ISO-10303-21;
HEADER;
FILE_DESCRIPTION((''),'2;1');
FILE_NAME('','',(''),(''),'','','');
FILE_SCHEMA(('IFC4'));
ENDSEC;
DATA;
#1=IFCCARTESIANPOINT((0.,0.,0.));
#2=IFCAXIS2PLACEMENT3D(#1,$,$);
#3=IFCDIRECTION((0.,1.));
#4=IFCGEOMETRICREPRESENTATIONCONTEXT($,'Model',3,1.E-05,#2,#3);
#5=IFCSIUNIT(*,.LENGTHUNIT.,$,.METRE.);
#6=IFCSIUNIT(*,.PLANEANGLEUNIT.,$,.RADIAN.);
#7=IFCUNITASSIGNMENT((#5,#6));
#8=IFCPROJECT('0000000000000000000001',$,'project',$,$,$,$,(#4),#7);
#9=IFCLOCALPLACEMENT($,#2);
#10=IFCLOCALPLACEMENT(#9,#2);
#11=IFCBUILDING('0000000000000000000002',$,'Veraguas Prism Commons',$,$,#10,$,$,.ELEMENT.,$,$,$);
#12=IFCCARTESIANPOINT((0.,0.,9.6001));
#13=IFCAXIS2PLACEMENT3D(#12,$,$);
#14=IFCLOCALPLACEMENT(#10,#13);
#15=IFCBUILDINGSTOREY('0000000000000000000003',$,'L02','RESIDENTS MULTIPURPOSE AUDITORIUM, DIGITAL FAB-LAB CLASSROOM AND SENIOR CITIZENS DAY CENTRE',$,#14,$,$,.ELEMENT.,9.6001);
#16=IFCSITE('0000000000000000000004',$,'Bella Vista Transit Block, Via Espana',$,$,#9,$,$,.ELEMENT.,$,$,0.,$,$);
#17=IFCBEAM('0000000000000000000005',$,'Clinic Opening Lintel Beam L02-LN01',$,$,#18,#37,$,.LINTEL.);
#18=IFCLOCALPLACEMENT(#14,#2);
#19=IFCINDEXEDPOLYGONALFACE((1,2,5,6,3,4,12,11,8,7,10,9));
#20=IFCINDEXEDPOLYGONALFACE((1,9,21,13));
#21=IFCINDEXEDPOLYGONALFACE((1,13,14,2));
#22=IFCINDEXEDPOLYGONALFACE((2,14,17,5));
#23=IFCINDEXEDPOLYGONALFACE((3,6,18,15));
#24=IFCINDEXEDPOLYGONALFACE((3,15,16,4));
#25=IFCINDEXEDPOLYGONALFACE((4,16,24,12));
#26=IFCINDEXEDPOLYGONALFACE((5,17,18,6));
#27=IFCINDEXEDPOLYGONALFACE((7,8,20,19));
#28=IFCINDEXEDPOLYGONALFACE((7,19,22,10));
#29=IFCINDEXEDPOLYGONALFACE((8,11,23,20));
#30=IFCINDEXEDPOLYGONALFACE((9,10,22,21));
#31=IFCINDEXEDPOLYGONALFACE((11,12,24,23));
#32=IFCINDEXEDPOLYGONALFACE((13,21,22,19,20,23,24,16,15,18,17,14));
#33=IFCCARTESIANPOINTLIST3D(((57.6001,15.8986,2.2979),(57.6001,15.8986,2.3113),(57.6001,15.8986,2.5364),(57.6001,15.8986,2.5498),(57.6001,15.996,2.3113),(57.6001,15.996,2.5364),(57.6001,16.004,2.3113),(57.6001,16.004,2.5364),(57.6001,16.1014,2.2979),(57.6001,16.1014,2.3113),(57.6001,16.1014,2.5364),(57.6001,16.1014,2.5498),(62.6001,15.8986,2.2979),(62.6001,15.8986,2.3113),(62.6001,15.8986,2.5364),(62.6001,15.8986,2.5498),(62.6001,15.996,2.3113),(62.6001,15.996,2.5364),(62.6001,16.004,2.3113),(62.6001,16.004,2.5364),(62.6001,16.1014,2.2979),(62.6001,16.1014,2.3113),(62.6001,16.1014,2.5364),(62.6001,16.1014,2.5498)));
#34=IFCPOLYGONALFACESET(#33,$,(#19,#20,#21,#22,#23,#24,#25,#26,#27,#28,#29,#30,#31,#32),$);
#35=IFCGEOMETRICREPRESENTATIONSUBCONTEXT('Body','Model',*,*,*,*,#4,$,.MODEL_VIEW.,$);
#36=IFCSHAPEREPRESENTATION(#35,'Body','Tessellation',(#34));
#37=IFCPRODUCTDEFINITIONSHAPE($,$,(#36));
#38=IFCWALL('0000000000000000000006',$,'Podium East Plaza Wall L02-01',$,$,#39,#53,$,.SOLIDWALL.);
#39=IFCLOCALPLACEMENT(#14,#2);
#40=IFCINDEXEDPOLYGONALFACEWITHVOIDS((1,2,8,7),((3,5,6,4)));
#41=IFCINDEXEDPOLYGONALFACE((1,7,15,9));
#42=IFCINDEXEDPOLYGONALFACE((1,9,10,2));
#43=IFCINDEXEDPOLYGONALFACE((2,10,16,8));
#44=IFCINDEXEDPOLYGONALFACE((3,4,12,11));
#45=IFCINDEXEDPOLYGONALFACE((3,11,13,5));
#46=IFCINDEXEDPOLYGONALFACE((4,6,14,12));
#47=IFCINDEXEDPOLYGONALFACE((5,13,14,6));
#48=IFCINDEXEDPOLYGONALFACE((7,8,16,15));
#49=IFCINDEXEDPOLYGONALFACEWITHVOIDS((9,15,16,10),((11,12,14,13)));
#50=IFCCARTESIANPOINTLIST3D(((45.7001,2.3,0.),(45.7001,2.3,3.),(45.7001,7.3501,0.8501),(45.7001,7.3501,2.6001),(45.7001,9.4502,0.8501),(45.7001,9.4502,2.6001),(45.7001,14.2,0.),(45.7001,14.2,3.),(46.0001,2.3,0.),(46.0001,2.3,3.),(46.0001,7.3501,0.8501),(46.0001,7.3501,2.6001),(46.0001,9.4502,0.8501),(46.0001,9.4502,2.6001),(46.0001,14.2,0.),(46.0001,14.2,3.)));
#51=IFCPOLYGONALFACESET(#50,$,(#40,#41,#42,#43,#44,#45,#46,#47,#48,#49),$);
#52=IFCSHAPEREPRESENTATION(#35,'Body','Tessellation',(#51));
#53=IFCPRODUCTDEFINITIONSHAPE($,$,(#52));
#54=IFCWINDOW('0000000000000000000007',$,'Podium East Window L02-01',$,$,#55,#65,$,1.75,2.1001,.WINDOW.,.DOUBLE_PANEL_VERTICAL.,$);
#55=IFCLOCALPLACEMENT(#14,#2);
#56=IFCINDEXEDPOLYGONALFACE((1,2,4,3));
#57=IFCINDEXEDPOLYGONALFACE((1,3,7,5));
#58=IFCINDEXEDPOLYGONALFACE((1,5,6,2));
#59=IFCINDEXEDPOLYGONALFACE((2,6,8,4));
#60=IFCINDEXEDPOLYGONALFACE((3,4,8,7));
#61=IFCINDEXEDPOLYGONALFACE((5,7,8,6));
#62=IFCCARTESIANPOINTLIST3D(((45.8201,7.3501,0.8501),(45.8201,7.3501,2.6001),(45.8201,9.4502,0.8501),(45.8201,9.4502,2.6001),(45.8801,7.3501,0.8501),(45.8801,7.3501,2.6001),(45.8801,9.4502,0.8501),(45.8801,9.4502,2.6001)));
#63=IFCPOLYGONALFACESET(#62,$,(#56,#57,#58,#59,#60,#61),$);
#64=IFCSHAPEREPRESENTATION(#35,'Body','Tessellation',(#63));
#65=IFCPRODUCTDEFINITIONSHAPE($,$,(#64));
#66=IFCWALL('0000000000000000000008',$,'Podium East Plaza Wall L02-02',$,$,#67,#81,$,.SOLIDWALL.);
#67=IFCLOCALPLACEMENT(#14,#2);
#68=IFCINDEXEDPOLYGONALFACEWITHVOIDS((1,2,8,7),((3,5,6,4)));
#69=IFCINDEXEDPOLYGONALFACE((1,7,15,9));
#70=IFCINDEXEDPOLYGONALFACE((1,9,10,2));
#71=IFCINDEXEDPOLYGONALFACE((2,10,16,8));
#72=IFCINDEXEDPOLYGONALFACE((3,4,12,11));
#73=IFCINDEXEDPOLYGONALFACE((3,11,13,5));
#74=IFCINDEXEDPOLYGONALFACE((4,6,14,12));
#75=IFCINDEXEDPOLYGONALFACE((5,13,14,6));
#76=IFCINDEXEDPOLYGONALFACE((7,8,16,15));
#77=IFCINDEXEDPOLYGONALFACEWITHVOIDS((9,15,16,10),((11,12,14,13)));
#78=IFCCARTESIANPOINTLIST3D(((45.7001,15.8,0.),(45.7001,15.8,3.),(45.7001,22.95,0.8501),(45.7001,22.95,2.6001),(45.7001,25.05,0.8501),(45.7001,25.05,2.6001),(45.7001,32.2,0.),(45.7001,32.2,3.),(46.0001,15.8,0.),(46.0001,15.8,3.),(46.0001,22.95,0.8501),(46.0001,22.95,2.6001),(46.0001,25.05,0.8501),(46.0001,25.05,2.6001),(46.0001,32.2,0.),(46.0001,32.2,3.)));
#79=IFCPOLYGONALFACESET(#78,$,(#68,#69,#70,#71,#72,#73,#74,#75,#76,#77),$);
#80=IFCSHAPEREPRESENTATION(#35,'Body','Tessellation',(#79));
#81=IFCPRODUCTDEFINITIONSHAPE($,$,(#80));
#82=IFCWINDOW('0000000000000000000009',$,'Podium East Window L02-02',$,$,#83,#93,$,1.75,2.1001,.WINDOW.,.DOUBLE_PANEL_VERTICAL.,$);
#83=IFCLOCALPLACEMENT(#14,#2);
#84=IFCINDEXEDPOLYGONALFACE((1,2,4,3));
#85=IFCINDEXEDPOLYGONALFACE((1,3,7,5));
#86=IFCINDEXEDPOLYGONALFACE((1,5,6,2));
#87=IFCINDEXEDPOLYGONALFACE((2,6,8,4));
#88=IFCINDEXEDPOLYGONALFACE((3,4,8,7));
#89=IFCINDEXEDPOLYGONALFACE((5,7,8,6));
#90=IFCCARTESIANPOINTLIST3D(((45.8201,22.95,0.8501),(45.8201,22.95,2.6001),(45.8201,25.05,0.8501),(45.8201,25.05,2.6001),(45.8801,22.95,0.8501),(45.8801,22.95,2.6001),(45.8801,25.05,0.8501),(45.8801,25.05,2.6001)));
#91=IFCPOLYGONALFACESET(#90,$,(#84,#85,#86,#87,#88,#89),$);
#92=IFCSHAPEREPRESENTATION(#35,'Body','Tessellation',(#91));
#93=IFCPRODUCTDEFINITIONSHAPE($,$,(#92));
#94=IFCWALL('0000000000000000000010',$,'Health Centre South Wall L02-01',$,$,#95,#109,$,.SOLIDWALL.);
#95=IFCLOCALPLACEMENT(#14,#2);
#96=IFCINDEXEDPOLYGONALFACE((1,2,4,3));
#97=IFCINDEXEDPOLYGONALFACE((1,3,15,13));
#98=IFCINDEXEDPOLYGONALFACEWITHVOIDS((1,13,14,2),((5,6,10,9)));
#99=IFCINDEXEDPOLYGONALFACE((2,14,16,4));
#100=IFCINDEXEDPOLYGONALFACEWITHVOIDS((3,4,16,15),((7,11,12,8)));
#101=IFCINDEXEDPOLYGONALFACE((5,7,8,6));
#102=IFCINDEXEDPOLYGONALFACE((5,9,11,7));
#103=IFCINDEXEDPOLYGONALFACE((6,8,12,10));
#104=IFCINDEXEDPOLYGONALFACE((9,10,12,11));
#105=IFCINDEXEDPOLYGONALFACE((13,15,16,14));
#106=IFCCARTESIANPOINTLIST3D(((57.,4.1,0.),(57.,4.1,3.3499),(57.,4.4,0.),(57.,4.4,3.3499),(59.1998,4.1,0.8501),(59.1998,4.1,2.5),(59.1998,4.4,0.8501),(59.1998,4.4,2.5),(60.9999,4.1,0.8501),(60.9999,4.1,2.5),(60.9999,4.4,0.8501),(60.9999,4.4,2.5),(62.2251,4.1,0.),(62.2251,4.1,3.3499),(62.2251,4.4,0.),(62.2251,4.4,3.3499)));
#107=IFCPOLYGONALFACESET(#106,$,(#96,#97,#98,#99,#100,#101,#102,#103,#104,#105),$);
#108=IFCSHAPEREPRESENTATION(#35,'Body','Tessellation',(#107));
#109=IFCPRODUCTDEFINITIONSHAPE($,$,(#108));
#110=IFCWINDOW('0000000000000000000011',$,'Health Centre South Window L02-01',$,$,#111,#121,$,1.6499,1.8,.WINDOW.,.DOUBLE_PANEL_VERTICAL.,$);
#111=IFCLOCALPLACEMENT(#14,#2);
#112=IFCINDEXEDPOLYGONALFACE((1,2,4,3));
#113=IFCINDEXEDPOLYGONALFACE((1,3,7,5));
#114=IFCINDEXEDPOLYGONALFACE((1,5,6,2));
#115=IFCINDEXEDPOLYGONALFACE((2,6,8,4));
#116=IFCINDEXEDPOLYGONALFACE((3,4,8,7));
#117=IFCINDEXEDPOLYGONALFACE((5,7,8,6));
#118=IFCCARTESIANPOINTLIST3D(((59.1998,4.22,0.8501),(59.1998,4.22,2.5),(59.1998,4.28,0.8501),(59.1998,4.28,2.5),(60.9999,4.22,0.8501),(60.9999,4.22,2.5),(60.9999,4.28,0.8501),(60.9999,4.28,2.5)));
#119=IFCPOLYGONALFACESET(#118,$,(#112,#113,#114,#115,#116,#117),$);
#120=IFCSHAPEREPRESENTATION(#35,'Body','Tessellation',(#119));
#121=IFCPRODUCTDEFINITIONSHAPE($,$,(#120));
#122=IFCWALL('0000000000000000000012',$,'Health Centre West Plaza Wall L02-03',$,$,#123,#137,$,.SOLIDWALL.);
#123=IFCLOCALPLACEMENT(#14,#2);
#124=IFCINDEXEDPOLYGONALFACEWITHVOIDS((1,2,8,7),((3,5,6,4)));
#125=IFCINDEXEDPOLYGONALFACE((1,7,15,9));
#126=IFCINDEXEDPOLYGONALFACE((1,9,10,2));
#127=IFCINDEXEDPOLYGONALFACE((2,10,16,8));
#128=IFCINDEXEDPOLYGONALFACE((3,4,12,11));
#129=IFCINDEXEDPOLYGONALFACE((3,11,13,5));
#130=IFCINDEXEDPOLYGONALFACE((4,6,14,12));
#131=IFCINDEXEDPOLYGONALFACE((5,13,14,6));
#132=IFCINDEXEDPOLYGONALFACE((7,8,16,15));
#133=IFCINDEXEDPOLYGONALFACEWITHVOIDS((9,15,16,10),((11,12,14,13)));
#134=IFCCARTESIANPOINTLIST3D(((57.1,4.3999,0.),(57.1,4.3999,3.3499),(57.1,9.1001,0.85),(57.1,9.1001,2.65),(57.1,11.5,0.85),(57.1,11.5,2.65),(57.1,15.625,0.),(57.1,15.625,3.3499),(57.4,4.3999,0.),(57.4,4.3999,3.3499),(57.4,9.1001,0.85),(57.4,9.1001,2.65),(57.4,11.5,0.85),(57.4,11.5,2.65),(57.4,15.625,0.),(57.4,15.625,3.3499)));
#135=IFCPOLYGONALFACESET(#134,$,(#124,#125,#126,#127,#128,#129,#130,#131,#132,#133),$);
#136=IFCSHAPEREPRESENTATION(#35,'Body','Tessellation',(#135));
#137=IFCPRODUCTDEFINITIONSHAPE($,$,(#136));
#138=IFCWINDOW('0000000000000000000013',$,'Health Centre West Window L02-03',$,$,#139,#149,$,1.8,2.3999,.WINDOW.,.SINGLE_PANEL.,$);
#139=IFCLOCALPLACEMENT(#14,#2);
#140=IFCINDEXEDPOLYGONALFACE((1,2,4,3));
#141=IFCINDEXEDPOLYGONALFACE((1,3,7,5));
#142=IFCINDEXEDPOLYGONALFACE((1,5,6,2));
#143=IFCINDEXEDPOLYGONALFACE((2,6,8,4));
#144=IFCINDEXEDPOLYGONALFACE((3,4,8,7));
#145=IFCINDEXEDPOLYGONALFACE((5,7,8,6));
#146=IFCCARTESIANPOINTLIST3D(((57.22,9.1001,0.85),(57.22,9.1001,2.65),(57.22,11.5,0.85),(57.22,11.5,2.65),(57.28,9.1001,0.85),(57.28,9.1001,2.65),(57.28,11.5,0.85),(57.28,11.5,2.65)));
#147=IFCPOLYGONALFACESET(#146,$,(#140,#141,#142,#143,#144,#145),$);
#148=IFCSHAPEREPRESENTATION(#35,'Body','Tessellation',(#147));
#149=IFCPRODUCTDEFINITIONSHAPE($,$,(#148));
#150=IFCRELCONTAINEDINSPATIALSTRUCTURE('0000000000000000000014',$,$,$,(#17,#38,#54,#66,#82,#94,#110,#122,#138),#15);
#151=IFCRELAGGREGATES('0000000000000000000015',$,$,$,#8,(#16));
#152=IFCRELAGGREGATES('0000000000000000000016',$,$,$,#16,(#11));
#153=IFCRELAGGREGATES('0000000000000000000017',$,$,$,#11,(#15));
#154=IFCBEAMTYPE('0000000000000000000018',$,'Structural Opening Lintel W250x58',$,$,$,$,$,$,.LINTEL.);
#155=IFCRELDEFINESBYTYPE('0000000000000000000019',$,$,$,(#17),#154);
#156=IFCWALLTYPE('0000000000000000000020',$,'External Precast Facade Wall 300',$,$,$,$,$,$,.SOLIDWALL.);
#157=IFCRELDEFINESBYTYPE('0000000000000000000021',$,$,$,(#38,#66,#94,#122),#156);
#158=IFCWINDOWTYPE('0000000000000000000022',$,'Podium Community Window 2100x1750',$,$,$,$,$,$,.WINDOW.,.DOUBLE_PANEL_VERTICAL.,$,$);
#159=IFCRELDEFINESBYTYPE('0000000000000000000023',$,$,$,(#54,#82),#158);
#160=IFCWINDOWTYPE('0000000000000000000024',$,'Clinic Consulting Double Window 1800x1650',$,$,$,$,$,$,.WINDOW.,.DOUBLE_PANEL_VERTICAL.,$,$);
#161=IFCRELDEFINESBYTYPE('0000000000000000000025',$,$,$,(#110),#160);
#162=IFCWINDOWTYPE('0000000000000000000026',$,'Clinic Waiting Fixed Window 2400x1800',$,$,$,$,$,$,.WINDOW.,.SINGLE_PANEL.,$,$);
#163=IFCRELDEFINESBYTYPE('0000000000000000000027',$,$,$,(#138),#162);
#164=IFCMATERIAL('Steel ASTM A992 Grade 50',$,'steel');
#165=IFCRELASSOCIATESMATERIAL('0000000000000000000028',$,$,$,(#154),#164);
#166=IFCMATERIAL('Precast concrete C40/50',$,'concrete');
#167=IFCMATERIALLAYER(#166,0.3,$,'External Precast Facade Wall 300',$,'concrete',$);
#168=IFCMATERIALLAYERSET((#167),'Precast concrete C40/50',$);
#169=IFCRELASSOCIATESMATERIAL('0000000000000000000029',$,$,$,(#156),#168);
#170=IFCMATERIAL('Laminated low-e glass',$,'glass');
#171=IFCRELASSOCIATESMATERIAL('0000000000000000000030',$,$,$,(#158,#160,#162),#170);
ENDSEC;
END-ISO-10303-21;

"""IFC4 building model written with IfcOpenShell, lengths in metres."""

from ifc_helpers import new_model, si_unit, direction, frame, frame_2d, origin, origin_2d, place, context, subcontext, project, spatial, rectangle, i_section, extrude, source, transform, mapped, material, layer, layer_set, material_profile, profile_set, type_object, element, fill, save


model = new_model("IFC4")

# Units and contexts
model_context = context("Model", 3, precision=1e-05, world=origin(), true_north=direction((0.0, 1.0)))
body_context = subcontext(model_context, "Body", "Model", "MODEL_VIEW")
ifc_project = project(units=[si_unit("LENGTHUNIT", "METRE"), si_unit("PLANEANGLEUNIT", "RADIAN")], contexts=[model_context])

# Site, building, storey
site_placement = place(None, origin())
site = spatial("IfcSite", under=ifc_project, at=site_placement, Name="Bella Vista Transit Block, Via Espana", CompositionType="ELEMENT", RefElevation=0.0)
building_placement = place(site_placement, origin())
building = spatial("IfcBuilding", under=site, at=building_placement, Name="Veraguas Prism Commons", CompositionType="ELEMENT")
storey_placement = place(building_placement, frame((0.0, 0.0, 9.6001)))
storey = spatial("IfcBuildingStorey", under=building, at=storey_placement, Name="L02", Description="RESIDENTS MULTIPURPOSE AUDITORIUM, DIGITAL FAB-LAB CLASSROOM AND SENIOR CITIZENS DAY CENTRE", CompositionType="ELEMENT", Elevation=9.6001)

# Beam
ifc_material_1 = material(Name="Steel ASTM A992 Grade 50", Category="steel")
ifc_material_profile_1 = material_profile(ifc_material_1, i_section(OverallWidth=0.2029, OverallDepth=0.252, WebThickness=0.0081, FlangeThickness=0.0134, at=origin_2d()), Name="W250X58")
ifc_profile_set_1 = profile_set([ifc_material_profile_1], Name="Steel ASTM A992 Grade 50")
beam_type_1 = type_object("IfcBeamType", Name="Structural Opening Lintel W250x58", PredefinedType="LINTEL", material=ifc_profile_set_1)
beam_1_placement = place(storey_placement, frame((57.6001, 16.0, 2.4238), z_axis=(1.0, 0.0, 0.0), x_axis=(0.0, 1.0, 0.0)))
element("IfcBeam", 1, at=beam_1_placement, inside=storey, type_object=beam_type_1, Name="Clinic Opening Lintel Beam L02-LN01", PredefinedType="LINTEL", context=body_context, shape_type="SweptSolid", body=[
    extrude(i_section(OverallWidth=0.2029, OverallDepth=0.252, WebThickness=0.0081, FlangeThickness=0.0134, at=origin_2d()), origin(), (0.0, 0.0, 1.0), 5.0),
])

# Walls, openings, windows
ifc_material_2 = material(Name="Precast concrete C40/50", Category="concrete")
ifc_layer = layer(ifc_material_2, 0.3, Name="External Precast Facade Wall 300", Category="concrete")
ifc_layer_set = layer_set([ifc_layer], Name="Precast concrete C40/50")
wall_type = type_object("IfcWallType", Name="External Precast Facade Wall 300", PredefinedType="SOLIDWALL", material=ifc_layer_set)
wall_1_placement = place(storey_placement, frame((45.8501, 2.3, 0.0), z_axis=(0.0, 0.0, 1.0), x_axis=(0.0, 1.0, 0.0)))
wall_1 = element("IfcWall", 2, at=wall_1_placement, inside=storey, type_object=wall_type, Name="Podium East Plaza Wall L02-01", PredefinedType="SOLIDWALL", context=body_context, shape_type="SweptSolid", body=[
    extrude(rectangle(XDim=11.8999, YDim=0.3, at=frame_2d((5.95, 0.0))), origin(), (0.0, 0.0, 1.0), 3.0),
])
opening_1_placement = place(wall_1_placement, frame((5.05, 0.0, 0.8501)))
opening_1 = element("IfcOpeningElement", 3, at=opening_1_placement, cuts=wall_1, PredefinedType="OPENING", context=body_context, shape_type="SweptSolid", body=[
    extrude(rectangle(XDim=2.1001, YDim=1.75, at=frame_2d((1.05, 0.875))), frame((0.0, 0.1599, 0.0), z_axis=(0.0, -1.0, 0.0), x_axis=(1.0, 0.0, 0.0)), (0.0, 0.0, 1.0), 0.3201),
])
ifc_material_3 = material(Name="Laminated low-e glass", Category="glass")
window_type_1 = type_object("IfcWindowType", Name="Podium Community Window 2100x1750", PartitioningType="DOUBLE_PANEL_VERTICAL", PredefinedType="WINDOW", material=ifc_material_3)
shared_shape_1 = source(origin(), body_context, "Body", "SweptSolid", [
    extrude(rectangle(XDim=2.1001, YDim=1.75, at=frame_2d((1.05, 0.875))), frame((0.0, 0.03, 0.0), z_axis=(0.0, -1.0, 0.0), x_axis=(1.0, 0.0, 0.0)), (0.0, 0.0, 1.0), 0.0601),
])
window_1_placement = place(opening_1_placement, origin())
window_1 = element("IfcWindow", 4, at=window_1_placement, inside=storey, type_object=window_type_1, Name="Podium East Window L02-01", OverallHeight=1.75, OverallWidth=2.1001, PartitioningType="DOUBLE_PANEL_VERTICAL", PredefinedType="WINDOW", context=body_context, shape_type="MappedRepresentation", body=[
    mapped(shared_shape_1, transform((0.0, 0.0, 0.0), scale=1.0)),
])
fill(opening_1, window_1)
wall_2_placement = place(storey_placement, frame((45.8501, 15.8, 0.0), z_axis=(0.0, 0.0, 1.0), x_axis=(0.0, 1.0, 0.0)))
wall_2 = element("IfcWall", 5, at=wall_2_placement, inside=storey, type_object=wall_type, Name="Podium East Plaza Wall L02-02", PredefinedType="SOLIDWALL", context=body_context, shape_type="SweptSolid", body=[
    extrude(rectangle(XDim=16.3999, YDim=0.3, at=frame_2d((8.2, 0.0))), origin(), (0.0, 0.0, 1.0), 3.0),
])
opening_2_placement = place(wall_2_placement, frame((7.1499, 0.0, 0.8501)))
opening_2 = element("IfcOpeningElement", 6, at=opening_2_placement, cuts=wall_2, PredefinedType="OPENING", context=body_context, shape_type="SweptSolid", body=[
    extrude(rectangle(XDim=2.1001, YDim=1.75, at=frame_2d((1.05, 0.875))), frame((0.0, 0.1599, 0.0), z_axis=(0.0, -1.0, 0.0), x_axis=(1.0, 0.0, 0.0)), (0.0, 0.0, 1.0), 0.3201),
])
window_2_placement = place(opening_2_placement, origin())
window_2 = element("IfcWindow", 7, at=window_2_placement, inside=storey, type_object=window_type_1, Name="Podium East Window L02-02", OverallHeight=1.75, OverallWidth=2.1001, PartitioningType="DOUBLE_PANEL_VERTICAL", PredefinedType="WINDOW", context=body_context, shape_type="MappedRepresentation", body=[
    mapped(shared_shape_1, transform((0.0, 0.0, 0.0), scale=1.0)),
])
fill(opening_2, window_2)
wall_3_placement = place(storey_placement, frame((57.0, 4.25, 0.0), z_axis=(0.0, 0.0, 1.0), x_axis=(1.0, 0.0, 0.0)))
wall_3 = element("IfcWall", 8, at=wall_3_placement, inside=storey, type_object=wall_type, Name="Health Centre South Wall L02-01", PredefinedType="SOLIDWALL", context=body_context, shape_type="SweptSolid", body=[
    extrude(rectangle(XDim=5.2251, YDim=0.3, at=frame_2d((2.6125, 0.0))), origin(), (0.0, 0.0, 1.0), 3.3499),
])
opening_3_placement = place(wall_3_placement, frame((2.2, 0.0, 0.8501)))
opening_3 = element("IfcOpeningElement", 9, at=opening_3_placement, cuts=wall_3, PredefinedType="OPENING", context=body_context, shape_type="SweptSolid", body=[
    extrude(rectangle(XDim=1.8, YDim=1.6499, at=frame_2d((0.8999, 0.825))), frame((0.0, 0.1599, 0.0), z_axis=(0.0, -1.0, 0.0), x_axis=(1.0, 0.0, 0.0)), (0.0, 0.0, 1.0), 0.3201),
])
window_type_2 = type_object("IfcWindowType", Name="Clinic Consulting Double Window 1800x1650", PartitioningType="DOUBLE_PANEL_VERTICAL", PredefinedType="WINDOW", material=ifc_material_3)
shared_shape_2 = source(origin(), body_context, "Body", "SweptSolid", [
    extrude(rectangle(XDim=1.8, YDim=1.6499, at=frame_2d((0.8999, 0.825))), frame((0.0, 0.03, 0.0), z_axis=(0.0, -1.0, 0.0), x_axis=(1.0, 0.0, 0.0)), (0.0, 0.0, 1.0), 0.0601),
])
window_3_placement = place(opening_3_placement, origin())
window_3 = element("IfcWindow", 10, at=window_3_placement, inside=storey, type_object=window_type_2, Name="Health Centre South Window L02-01", OverallHeight=1.6499, OverallWidth=1.8, PartitioningType="DOUBLE_PANEL_VERTICAL", PredefinedType="WINDOW", context=body_context, shape_type="MappedRepresentation", body=[
    mapped(shared_shape_2, transform((0.0, 0.0, 0.0), scale=1.0)),
])
fill(opening_3, window_3)
wall_4_placement = place(storey_placement, frame((57.25, 15.625, 0.0), z_axis=(0.0, 0.0, 1.0), x_axis=(0.0, -1.0, 0.0)))
wall_4 = element("IfcWall", 11, at=wall_4_placement, inside=storey, type_object=wall_type, Name="Health Centre West Plaza Wall L02-03", PredefinedType="SOLIDWALL", context=body_context, shape_type="SweptSolid", body=[
    extrude(rectangle(XDim=11.2251, YDim=0.3, at=frame_2d((5.6125, 0.0))), origin(), (0.0, 0.0, 1.0), 3.3499),
])
opening_4_placement = place(wall_4_placement, frame((4.125, 0.0, 0.8501)))
opening_4 = element("IfcOpeningElement", 12, at=opening_4_placement, cuts=wall_4, PredefinedType="OPENING", context=body_context, shape_type="SweptSolid", body=[
    extrude(rectangle(XDim=2.3999, YDim=1.8, at=frame_2d((1.2, 0.8999))), frame((0.0, 0.1599, 0.0), z_axis=(0.0, -1.0, 0.0), x_axis=(1.0, 0.0, 0.0)), (0.0, 0.0, 1.0), 0.3201),
])
window_type_3 = type_object("IfcWindowType", Name="Clinic Waiting Fixed Window 2400x1800", PartitioningType="SINGLE_PANEL", PredefinedType="WINDOW", material=ifc_material_3)
shared_shape_3 = source(origin(), body_context, "Body", "SweptSolid", [
    extrude(rectangle(XDim=2.3999, YDim=1.8, at=frame_2d((1.2, 0.8999))), frame((0.0, 0.03, 0.0), z_axis=(0.0, -1.0, 0.0), x_axis=(1.0, 0.0, 0.0)), (0.0, 0.0, 1.0), 0.0601),
])
window_4_placement = place(opening_4_placement, origin())
window_4 = element("IfcWindow", 13, at=window_4_placement, inside=storey, type_object=window_type_3, Name="Health Centre West Window L02-03", OverallHeight=1.8, OverallWidth=2.3999, PartitioningType="SINGLE_PANEL", PredefinedType="WINDOW", context=body_context, shape_type="MappedRepresentation", body=[
    mapped(shared_shape_3, transform((0.0, 0.0, 0.0), scale=1.0)),
])
fill(opening_4, window_4)

save(model, "model.ifc")
